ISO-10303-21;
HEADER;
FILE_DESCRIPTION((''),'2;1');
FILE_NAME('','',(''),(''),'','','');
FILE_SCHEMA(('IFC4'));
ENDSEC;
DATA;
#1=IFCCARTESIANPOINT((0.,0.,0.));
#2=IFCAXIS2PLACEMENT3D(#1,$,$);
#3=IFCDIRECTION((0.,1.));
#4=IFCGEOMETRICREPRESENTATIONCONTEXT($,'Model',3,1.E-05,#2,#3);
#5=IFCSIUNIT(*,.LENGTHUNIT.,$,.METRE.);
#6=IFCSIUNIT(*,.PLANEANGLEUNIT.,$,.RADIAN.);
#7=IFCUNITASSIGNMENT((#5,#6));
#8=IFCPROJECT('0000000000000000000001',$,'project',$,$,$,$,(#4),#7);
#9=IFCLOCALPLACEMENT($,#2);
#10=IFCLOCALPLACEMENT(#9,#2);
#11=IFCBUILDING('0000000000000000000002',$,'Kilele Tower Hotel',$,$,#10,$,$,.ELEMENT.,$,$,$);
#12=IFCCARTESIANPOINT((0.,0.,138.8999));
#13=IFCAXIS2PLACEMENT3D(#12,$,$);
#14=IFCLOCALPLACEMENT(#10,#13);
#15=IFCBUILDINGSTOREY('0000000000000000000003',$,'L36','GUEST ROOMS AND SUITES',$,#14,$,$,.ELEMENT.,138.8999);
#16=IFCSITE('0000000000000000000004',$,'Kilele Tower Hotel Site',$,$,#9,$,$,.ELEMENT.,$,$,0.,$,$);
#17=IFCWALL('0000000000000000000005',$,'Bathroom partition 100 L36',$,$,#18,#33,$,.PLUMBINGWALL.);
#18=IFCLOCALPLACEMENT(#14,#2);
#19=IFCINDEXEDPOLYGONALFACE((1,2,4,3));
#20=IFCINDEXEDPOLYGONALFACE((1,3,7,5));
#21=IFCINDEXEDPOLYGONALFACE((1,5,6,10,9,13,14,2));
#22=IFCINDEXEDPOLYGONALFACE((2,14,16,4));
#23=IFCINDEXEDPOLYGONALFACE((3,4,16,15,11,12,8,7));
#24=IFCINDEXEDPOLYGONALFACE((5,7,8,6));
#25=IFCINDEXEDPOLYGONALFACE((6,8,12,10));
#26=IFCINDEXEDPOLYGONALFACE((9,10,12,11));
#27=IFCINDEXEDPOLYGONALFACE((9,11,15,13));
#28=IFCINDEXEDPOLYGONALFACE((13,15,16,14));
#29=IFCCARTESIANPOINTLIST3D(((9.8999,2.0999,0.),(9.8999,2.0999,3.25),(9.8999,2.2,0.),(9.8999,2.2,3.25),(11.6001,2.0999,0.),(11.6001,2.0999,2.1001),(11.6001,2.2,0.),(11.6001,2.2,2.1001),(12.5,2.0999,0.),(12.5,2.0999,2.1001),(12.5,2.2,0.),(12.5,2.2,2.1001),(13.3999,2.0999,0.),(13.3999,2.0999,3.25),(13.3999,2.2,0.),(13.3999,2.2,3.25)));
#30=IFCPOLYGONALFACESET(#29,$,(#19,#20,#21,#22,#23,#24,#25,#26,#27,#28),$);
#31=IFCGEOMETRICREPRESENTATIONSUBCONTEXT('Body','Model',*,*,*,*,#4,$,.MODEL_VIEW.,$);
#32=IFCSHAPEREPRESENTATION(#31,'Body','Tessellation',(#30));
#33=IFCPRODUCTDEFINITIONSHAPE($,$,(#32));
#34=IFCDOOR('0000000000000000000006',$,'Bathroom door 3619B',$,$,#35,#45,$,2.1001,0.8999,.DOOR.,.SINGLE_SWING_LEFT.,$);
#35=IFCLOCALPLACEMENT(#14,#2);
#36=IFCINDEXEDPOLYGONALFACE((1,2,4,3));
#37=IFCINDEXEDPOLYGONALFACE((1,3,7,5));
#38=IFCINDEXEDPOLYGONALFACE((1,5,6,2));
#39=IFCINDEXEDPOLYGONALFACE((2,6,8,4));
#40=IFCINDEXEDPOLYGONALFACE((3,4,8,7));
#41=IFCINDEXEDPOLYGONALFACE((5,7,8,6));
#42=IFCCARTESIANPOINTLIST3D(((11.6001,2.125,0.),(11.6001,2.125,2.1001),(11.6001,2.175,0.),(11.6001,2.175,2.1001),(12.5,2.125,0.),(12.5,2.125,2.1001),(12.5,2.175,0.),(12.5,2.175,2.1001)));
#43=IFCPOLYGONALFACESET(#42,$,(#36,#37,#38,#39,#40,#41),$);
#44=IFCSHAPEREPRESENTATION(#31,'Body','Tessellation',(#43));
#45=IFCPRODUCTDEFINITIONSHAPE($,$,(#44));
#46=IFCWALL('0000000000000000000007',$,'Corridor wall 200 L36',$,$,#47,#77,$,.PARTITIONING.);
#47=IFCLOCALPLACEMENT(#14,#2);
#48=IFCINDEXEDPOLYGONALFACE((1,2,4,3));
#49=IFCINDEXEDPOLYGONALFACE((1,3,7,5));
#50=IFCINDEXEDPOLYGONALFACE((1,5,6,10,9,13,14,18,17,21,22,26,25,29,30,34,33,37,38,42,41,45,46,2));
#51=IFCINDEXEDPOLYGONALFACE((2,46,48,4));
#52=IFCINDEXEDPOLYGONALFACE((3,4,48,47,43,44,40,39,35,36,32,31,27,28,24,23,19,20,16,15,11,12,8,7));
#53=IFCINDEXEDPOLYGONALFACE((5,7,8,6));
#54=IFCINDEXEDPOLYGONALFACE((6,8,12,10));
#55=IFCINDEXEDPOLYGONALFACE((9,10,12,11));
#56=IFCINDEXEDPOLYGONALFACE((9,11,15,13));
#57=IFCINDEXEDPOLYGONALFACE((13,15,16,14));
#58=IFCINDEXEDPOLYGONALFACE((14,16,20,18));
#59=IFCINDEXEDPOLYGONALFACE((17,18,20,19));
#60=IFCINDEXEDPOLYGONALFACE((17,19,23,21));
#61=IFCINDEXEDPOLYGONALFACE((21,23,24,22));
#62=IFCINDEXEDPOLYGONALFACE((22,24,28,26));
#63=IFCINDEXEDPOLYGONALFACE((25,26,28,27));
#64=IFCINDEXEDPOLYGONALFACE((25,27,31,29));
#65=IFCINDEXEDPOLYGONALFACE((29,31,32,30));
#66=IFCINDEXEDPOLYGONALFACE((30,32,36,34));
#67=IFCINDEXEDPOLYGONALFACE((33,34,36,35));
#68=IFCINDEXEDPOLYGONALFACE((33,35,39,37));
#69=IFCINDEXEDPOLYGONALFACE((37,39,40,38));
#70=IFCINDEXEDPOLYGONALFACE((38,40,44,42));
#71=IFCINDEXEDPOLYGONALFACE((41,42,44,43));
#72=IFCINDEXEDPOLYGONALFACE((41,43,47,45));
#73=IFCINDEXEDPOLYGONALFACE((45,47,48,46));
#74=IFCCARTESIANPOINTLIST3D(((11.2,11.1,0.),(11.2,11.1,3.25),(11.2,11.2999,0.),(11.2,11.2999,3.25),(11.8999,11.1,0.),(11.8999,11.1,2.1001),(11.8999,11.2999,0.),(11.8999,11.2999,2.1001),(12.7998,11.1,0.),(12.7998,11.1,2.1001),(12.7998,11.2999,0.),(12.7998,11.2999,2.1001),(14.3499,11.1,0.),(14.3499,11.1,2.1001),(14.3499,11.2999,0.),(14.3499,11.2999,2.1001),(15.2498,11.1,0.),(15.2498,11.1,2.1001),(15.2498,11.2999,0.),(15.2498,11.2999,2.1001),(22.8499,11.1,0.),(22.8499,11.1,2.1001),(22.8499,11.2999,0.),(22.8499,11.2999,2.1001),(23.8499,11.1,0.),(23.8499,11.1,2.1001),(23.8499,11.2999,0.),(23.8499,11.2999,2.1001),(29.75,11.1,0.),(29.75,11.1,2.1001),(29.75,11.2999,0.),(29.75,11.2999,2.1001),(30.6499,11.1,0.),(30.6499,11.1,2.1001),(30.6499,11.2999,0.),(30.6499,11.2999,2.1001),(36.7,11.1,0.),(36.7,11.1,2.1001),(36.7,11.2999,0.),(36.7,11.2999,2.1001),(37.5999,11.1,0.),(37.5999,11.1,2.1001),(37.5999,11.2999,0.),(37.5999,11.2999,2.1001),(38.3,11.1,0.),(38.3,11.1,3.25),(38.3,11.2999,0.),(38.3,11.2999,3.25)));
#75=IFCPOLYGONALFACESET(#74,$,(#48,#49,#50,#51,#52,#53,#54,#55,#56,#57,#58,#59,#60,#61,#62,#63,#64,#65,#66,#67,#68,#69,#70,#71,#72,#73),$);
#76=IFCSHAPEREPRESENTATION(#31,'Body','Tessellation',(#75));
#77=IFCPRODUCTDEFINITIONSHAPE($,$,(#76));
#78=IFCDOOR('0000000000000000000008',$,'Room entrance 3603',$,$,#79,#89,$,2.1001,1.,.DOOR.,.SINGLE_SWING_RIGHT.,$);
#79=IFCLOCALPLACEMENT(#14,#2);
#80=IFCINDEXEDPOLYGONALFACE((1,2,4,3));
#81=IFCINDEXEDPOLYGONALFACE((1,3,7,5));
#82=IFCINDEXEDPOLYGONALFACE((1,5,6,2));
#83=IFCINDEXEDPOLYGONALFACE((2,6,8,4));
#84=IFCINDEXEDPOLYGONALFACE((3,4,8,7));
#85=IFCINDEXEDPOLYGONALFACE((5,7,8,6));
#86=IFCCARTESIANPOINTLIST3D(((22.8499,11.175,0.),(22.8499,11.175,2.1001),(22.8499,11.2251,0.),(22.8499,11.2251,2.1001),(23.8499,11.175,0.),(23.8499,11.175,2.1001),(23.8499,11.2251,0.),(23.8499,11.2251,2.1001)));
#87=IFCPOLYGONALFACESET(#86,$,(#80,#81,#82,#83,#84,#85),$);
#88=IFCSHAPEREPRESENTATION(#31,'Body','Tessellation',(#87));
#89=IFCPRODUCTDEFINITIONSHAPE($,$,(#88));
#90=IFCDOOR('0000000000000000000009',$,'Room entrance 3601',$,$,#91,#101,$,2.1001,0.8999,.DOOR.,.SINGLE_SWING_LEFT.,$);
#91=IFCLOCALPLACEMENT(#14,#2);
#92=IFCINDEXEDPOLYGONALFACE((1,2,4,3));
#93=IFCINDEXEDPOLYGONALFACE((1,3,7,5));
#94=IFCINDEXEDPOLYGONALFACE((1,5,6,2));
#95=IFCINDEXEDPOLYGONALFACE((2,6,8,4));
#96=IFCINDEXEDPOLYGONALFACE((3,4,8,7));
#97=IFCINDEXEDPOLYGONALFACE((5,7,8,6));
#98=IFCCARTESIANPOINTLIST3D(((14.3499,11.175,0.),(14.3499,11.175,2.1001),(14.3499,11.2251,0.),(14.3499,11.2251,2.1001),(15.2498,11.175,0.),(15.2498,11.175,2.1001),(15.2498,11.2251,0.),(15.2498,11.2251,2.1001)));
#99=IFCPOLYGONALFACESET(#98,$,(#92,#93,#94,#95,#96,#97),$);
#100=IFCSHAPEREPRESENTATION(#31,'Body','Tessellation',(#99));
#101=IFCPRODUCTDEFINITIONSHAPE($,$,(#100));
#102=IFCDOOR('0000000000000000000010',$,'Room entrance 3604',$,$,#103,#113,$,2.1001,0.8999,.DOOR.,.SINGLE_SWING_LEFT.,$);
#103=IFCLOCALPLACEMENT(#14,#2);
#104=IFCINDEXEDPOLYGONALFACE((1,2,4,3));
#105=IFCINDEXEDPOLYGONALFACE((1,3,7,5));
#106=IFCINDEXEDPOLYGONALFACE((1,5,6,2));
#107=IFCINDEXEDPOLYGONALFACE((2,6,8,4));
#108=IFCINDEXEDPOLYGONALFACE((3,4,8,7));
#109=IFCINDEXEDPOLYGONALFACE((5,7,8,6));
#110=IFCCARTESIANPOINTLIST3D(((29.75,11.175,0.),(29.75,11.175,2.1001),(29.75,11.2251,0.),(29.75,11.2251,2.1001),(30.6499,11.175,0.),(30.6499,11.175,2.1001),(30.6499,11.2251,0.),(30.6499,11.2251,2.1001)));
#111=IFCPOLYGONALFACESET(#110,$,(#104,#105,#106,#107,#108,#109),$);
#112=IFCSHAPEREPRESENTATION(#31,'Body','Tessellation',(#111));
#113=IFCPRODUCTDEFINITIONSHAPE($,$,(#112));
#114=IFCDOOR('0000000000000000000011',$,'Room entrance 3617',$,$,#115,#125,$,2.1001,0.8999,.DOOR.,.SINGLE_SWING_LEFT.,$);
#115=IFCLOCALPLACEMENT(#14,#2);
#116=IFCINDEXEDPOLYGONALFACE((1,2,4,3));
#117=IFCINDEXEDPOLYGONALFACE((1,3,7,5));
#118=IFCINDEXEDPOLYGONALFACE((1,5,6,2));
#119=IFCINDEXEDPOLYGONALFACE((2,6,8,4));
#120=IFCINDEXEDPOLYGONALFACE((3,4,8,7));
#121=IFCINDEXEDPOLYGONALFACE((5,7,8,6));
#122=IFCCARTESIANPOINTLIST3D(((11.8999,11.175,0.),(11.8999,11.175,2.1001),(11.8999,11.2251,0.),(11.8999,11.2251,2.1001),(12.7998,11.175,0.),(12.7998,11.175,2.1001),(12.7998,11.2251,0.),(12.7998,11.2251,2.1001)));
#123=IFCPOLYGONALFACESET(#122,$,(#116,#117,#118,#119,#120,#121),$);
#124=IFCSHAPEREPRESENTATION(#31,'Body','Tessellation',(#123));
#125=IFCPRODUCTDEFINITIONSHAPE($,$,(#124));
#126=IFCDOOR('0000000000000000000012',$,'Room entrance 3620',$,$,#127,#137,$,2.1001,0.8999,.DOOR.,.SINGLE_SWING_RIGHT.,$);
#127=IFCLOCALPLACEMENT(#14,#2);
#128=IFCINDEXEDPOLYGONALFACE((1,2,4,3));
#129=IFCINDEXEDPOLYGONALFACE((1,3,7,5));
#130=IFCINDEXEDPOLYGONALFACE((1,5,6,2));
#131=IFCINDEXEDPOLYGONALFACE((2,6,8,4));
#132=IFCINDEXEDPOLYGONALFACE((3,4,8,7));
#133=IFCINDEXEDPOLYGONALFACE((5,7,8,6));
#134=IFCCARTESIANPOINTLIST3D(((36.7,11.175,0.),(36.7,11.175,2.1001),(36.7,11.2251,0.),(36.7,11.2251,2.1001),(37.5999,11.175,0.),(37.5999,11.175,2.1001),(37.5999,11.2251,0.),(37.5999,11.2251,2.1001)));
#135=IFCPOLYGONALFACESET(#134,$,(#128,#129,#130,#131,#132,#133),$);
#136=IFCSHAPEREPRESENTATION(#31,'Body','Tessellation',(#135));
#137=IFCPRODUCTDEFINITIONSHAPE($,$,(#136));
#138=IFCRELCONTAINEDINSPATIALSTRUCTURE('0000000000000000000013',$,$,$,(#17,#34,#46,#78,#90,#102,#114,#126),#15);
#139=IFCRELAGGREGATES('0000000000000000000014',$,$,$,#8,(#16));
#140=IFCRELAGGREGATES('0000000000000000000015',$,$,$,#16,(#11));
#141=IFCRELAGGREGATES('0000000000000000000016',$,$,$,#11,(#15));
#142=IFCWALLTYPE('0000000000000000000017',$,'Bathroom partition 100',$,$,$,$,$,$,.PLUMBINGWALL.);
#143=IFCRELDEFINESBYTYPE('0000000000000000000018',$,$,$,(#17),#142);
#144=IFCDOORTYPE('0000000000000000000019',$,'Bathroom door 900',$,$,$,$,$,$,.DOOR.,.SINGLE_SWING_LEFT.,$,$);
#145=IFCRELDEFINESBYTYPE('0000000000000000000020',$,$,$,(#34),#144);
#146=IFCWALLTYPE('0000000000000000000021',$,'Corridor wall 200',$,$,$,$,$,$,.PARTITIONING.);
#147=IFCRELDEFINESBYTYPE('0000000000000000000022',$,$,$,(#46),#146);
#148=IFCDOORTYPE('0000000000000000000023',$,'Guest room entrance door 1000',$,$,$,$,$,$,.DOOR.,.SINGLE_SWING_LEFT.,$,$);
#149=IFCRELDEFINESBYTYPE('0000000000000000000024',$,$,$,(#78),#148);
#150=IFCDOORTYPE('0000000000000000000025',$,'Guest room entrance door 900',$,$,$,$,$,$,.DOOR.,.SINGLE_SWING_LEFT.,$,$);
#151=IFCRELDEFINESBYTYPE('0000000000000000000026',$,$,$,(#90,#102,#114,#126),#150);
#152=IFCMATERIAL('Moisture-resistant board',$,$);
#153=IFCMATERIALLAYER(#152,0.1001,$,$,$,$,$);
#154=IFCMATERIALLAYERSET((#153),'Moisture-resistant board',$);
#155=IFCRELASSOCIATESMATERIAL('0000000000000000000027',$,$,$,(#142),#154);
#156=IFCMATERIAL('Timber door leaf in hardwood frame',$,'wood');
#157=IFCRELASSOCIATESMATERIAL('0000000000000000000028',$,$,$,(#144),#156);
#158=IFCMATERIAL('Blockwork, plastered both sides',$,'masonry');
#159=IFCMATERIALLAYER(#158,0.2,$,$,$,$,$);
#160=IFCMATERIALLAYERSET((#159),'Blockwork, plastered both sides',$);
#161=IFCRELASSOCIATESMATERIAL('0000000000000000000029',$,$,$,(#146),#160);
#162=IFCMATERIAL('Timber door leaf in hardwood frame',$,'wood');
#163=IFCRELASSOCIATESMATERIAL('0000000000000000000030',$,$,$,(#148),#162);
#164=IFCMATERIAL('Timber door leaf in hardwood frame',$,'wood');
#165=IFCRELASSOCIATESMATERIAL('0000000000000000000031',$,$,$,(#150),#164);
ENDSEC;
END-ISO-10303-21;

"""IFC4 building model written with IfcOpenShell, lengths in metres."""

from ifc_helpers import new_model, si_unit, direction, frame, frame_2d, origin, place, context, subcontext, project, spatial, rectangle, extrude, material, layer, layer_set, type_object, element, fill, save


model = new_model("IFC4")

# Units and contexts
model_context = context("Model", 3, precision=1e-05, world=origin(), true_north=direction((0.0, 1.0)))
body_context = subcontext(model_context, "Body", "Model", "MODEL_VIEW")
ifc_project = project(units=[si_unit("LENGTHUNIT", "METRE"), si_unit("PLANEANGLEUNIT", "RADIAN")], contexts=[model_context])

# Site, building, storey
site_placement = place(None, origin())
site = spatial("IfcSite", under=ifc_project, at=site_placement, Name="Kilele Tower Hotel Site", CompositionType="ELEMENT", RefElevation=0.0)
building_placement = place(site_placement, origin())
building = spatial("IfcBuilding", under=site, at=building_placement, Name="Kilele Tower Hotel", CompositionType="ELEMENT")
storey_placement = place(building_placement, frame((0.0, 0.0, 138.8999)))
storey = spatial("IfcBuildingStorey", under=building, at=storey_placement, Name="L36", Description="GUEST ROOMS AND SUITES", CompositionType="ELEMENT", Elevation=138.8999)

# Shared definitions
ifc_material_1 = material(Name="Moisture-resistant board")
ifc_layer_1 = layer(ifc_material_1, 0.1001)
ifc_layer_set_1 = layer_set([ifc_layer_1], Name="Moisture-resistant board")
wall_type_1 = type_object("IfcWallType", Name="Bathroom partition 100", PredefinedType="PLUMBINGWALL", material=ifc_layer_set_1)

# Wall, opening, door
ifc_material_2 = material(Name="Timber door leaf in hardwood frame", Category="wood")
door_type_1 = type_object("IfcDoorType", Name="Bathroom door 900", OperationType="SINGLE_SWING_LEFT", PredefinedType="DOOR", material=ifc_material_2)
wall_1_placement = place(storey_placement, frame((13.3999, 2.1499, 0.0), z_axis=(0.0, 0.0, 1.0), x_axis=(-1.0, 0.0, 0.0)))
wall_1 = element("IfcWall", 1, at=wall_1_placement, inside=storey, type_object=wall_type_1, Name="Bathroom partition 100 L36", PredefinedType="PLUMBINGWALL", context=body_context, shape_type="SweptSolid", body=[
    extrude(rectangle(XDim=3.5, YDim=0.1001, at=frame_2d((1.75, 0.0))), origin(), (0.0, 0.0, 1.0), 3.25),
])
opening_1_placement = place(wall_1_placement, frame((0.8999, 0.0, 0.0)))
opening_1 = element("IfcOpeningElement", 2, at=opening_1_placement, cuts=wall_1, PredefinedType="OPENING", context=body_context, shape_type="SweptSolid", body=[
    extrude(rectangle(XDim=0.8999, YDim=2.1001, at=frame_2d((0.45, 1.05))), frame((0.0, 0.0601, 0.0), z_axis=(0.0, -1.0, 0.0), x_axis=(1.0, 0.0, 0.0)), (0.0, 0.0, 1.0), 0.1201),
])
door_1_placement = place(opening_1_placement, origin())
door_1 = element("IfcDoor", 3, at=door_1_placement, inside=storey, type_object=door_type_1, Name="Bathroom door 3619B", OperationType="SINGLE_SWING_LEFT", OverallHeight=2.1001, OverallWidth=0.8999, PredefinedType="DOOR", context=body_context, shape_type="SweptSolid", body=[
    extrude(rectangle(XDim=0.8999, YDim=2.1001, at=frame_2d((0.45, 1.05))), frame((0.0, 0.0249, 0.0), z_axis=(0.0, -1.0, 0.0), x_axis=(1.0, 0.0, 0.0)), (0.0, 0.0, 1.0), 0.05),
])
fill(opening_1, door_1)

# Wall, openings, doors
ifc_material_3 = material(Name="Blockwork, plastered both sides", Category="masonry")
ifc_layer_2 = layer(ifc_material_3, 0.2)
ifc_layer_set_2 = layer_set([ifc_layer_2], Name="Blockwork, plastered both sides")
wall_type_2 = type_object("IfcWallType", Name="Corridor wall 200", PredefinedType="PARTITIONING", material=ifc_layer_set_2)
wall_2_placement = place(storey_placement, frame((11.2, 11.2, 0.0), z_axis=(0.0, 0.0, 1.0), x_axis=(1.0, 0.0, 0.0)))
wall_2 = element("IfcWall", 4, at=wall_2_placement, inside=storey, type_object=wall_type_2, Name="Corridor wall 200 L36", PredefinedType="PARTITIONING", context=body_context, shape_type="SweptSolid", body=[
    extrude(rectangle(XDim=27.1001, YDim=0.2, at=frame_2d((13.55, 0.0))), origin(), (0.0, 0.0, 1.0), 3.25),
])
opening_2_placement = place(wall_2_placement, frame((4.0498, 0.0, 0.0), z_axis=(0.0, 0.0, 1.0), x_axis=(-1.0, 0.0, 0.0)))
opening_2 = element("IfcOpeningElement", 5, at=opening_2_placement, cuts=wall_2, PredefinedType="OPENING", context=body_context, shape_type="SweptSolid", body=[
    extrude(rectangle(XDim=0.8999, YDim=2.1001, at=frame_2d((0.45, 1.05))), frame((0.0, 0.1099, 0.0), z_axis=(0.0, -1.0, 0.0), x_axis=(1.0, 0.0, 0.0)), (0.0, 0.0, 1.0), 0.22),
])
opening_3_placement = place(wall_2_placement, frame((12.6499, 0.0, 0.0), z_axis=(0.0, 0.0, 1.0), x_axis=(-1.0, 0.0, 0.0)))
opening_3 = element("IfcOpeningElement", 6, at=opening_3_placement, cuts=wall_2, PredefinedType="OPENING", context=body_context, shape_type="SweptSolid", body=[
    extrude(rectangle(XDim=1.0, YDim=2.1001, at=frame_2d((0.5, 1.05))), frame((0.0, 0.1099, 0.0), z_axis=(0.0, -1.0, 0.0), x_axis=(1.0, 0.0, 0.0)), (0.0, 0.0, 1.0), 0.22),
])
opening_4_placement = place(wall_2_placement, frame((19.45, 0.0, 0.0), z_axis=(0.0, 0.0, 1.0), x_axis=(-1.0, 0.0, 0.0)))
opening_4 = element("IfcOpeningElement", 7, at=opening_4_placement, cuts=wall_2, PredefinedType="OPENING", context=body_context, shape_type="SweptSolid", body=[
    extrude(rectangle(XDim=0.8999, YDim=2.1001, at=frame_2d((0.45, 1.05))), frame((0.0, 0.1099, 0.0), z_axis=(0.0, -1.0, 0.0), x_axis=(1.0, 0.0, 0.0)), (0.0, 0.0, 1.0), 0.22),
])
opening_5_placement = place(wall_2_placement, frame((1.5999, 0.0, 0.0), z_axis=(0.0, 0.0, 1.0), x_axis=(-1.0, 0.0, 0.0)))
opening_5 = element("IfcOpeningElement", 8, at=opening_5_placement, cuts=wall_2, PredefinedType="OPENING", context=body_context, shape_type="SweptSolid", body=[
    extrude(rectangle(XDim=0.8999, YDim=2.1001, at=frame_2d((0.45, 1.05))), frame((0.0, 0.1099, 0.0), z_axis=(0.0, -1.0, 0.0), x_axis=(1.0, 0.0, 0.0)), (0.0, 0.0, 1.0), 0.22),
])
opening_6_placement = place(wall_2_placement, frame((26.3999, 0.0, 0.0), z_axis=(0.0, 0.0, 1.0), x_axis=(-1.0, 0.0, 0.0)))
opening_6 = element("IfcOpeningElement", 9, at=opening_6_placement, cuts=wall_2, PredefinedType="OPENING", context=body_context, shape_type="SweptSolid", body=[
    extrude(rectangle(XDim=0.8999, YDim=2.1001, at=frame_2d((0.45, 1.05))), frame((0.0, 0.1099, 0.0), z_axis=(0.0, -1.0, 0.0), x_axis=(1.0, 0.0, 0.0)), (0.0, 0.0, 1.0), 0.22),
])
ifc_material_4 = material(Name="Timber door leaf in hardwood frame", Category="wood")
door_type_2 = type_object("IfcDoorType", Name="Guest room entrance door 1000", OperationType="SINGLE_SWING_LEFT", PredefinedType="DOOR", material=ifc_material_4)
door_2_placement = place(opening_3_placement, origin())
door_2 = element("IfcDoor", 10, at=door_2_placement, inside=storey, type_object=door_type_2, Name="Room entrance 3603", OperationType="SINGLE_SWING_RIGHT", OverallHeight=2.1001, OverallWidth=1.0, PredefinedType="DOOR", context=body_context, shape_type="SweptSolid", body=[
    extrude(rectangle(XDim=1.0, YDim=2.1001, at=frame_2d((0.5, 1.05))), frame((0.0, 0.0249, 0.0), z_axis=(0.0, -1.0, 0.0), x_axis=(1.0, 0.0, 0.0)), (0.0, 0.0, 1.0), 0.05),
])
fill(opening_3, door_2)
ifc_material_5 = material(Name="Timber door leaf in hardwood frame", Category="wood")
door_type_3 = type_object("IfcDoorType", Name="Guest room entrance door 900", OperationType="SINGLE_SWING_LEFT", PredefinedType="DOOR", material=ifc_material_5)
door_3_placement = place(opening_2_placement, origin())
door_3 = element("IfcDoor", 11, at=door_3_placement, inside=storey, type_object=door_type_3, Name="Room entrance 3601", OperationType="SINGLE_SWING_LEFT", OverallHeight=2.1001, OverallWidth=0.8999, PredefinedType="DOOR", context=body_context, shape_type="SweptSolid", body=[
    extrude(rectangle(XDim=0.8999, YDim=2.1001, at=frame_2d((0.45, 1.05))), frame((0.0, 0.0249, 0.0), z_axis=(0.0, -1.0, 0.0), x_axis=(1.0, 0.0, 0.0)), (0.0, 0.0, 1.0), 0.05),
])
fill(opening_2, door_3)
door_4_placement = place(opening_4_placement, origin())
door_4 = element("IfcDoor", 12, at=door_4_placement, inside=storey, type_object=door_type_3, Name="Room entrance 3604", OperationType="SINGLE_SWING_LEFT", OverallHeight=2.1001, OverallWidth=0.8999, PredefinedType="DOOR", context=body_context, shape_type="SweptSolid", body=[
    extrude(rectangle(XDim=0.8999, YDim=2.1001, at=frame_2d((0.45, 1.05))), frame((0.0, 0.0249, 0.0), z_axis=(0.0, -1.0, 0.0), x_axis=(1.0, 0.0, 0.0)), (0.0, 0.0, 1.0), 0.05),
])
fill(opening_4, door_4)
door_5_placement = place(opening_5_placement, origin())
door_5 = element("IfcDoor", 13, at=door_5_placement, inside=storey, type_object=door_type_3, Name="Room entrance 3617", OperationType="SINGLE_SWING_LEFT", OverallHeight=2.1001, OverallWidth=0.8999, PredefinedType="DOOR", context=body_context, shape_type="SweptSolid", body=[
    extrude(rectangle(XDim=0.8999, YDim=2.1001, at=frame_2d((0.45, 1.05))), frame((0.0, 0.0249, 0.0), z_axis=(0.0, -1.0, 0.0), x_axis=(1.0, 0.0, 0.0)), (0.0, 0.0, 1.0), 0.05),
])
fill(opening_5, door_5)
door_6_placement = place(opening_6_placement, origin())
door_6 = element("IfcDoor", 14, at=door_6_placement, inside=storey, type_object=door_type_3, Name="Room entrance 3620", OperationType="SINGLE_SWING_RIGHT", OverallHeight=2.1001, OverallWidth=0.8999, PredefinedType="DOOR", context=body_context, shape_type="SweptSolid", body=[
    extrude(rectangle(XDim=0.8999, YDim=2.1001, at=frame_2d((0.45, 1.05))), frame((0.0, 0.0249, 0.0), z_axis=(0.0, -1.0, 0.0), x_axis=(1.0, 0.0, 0.0)), (0.0, 0.0, 1.0), 0.05),
])
fill(opening_6, door_6)

save(model, "model.ifc")
